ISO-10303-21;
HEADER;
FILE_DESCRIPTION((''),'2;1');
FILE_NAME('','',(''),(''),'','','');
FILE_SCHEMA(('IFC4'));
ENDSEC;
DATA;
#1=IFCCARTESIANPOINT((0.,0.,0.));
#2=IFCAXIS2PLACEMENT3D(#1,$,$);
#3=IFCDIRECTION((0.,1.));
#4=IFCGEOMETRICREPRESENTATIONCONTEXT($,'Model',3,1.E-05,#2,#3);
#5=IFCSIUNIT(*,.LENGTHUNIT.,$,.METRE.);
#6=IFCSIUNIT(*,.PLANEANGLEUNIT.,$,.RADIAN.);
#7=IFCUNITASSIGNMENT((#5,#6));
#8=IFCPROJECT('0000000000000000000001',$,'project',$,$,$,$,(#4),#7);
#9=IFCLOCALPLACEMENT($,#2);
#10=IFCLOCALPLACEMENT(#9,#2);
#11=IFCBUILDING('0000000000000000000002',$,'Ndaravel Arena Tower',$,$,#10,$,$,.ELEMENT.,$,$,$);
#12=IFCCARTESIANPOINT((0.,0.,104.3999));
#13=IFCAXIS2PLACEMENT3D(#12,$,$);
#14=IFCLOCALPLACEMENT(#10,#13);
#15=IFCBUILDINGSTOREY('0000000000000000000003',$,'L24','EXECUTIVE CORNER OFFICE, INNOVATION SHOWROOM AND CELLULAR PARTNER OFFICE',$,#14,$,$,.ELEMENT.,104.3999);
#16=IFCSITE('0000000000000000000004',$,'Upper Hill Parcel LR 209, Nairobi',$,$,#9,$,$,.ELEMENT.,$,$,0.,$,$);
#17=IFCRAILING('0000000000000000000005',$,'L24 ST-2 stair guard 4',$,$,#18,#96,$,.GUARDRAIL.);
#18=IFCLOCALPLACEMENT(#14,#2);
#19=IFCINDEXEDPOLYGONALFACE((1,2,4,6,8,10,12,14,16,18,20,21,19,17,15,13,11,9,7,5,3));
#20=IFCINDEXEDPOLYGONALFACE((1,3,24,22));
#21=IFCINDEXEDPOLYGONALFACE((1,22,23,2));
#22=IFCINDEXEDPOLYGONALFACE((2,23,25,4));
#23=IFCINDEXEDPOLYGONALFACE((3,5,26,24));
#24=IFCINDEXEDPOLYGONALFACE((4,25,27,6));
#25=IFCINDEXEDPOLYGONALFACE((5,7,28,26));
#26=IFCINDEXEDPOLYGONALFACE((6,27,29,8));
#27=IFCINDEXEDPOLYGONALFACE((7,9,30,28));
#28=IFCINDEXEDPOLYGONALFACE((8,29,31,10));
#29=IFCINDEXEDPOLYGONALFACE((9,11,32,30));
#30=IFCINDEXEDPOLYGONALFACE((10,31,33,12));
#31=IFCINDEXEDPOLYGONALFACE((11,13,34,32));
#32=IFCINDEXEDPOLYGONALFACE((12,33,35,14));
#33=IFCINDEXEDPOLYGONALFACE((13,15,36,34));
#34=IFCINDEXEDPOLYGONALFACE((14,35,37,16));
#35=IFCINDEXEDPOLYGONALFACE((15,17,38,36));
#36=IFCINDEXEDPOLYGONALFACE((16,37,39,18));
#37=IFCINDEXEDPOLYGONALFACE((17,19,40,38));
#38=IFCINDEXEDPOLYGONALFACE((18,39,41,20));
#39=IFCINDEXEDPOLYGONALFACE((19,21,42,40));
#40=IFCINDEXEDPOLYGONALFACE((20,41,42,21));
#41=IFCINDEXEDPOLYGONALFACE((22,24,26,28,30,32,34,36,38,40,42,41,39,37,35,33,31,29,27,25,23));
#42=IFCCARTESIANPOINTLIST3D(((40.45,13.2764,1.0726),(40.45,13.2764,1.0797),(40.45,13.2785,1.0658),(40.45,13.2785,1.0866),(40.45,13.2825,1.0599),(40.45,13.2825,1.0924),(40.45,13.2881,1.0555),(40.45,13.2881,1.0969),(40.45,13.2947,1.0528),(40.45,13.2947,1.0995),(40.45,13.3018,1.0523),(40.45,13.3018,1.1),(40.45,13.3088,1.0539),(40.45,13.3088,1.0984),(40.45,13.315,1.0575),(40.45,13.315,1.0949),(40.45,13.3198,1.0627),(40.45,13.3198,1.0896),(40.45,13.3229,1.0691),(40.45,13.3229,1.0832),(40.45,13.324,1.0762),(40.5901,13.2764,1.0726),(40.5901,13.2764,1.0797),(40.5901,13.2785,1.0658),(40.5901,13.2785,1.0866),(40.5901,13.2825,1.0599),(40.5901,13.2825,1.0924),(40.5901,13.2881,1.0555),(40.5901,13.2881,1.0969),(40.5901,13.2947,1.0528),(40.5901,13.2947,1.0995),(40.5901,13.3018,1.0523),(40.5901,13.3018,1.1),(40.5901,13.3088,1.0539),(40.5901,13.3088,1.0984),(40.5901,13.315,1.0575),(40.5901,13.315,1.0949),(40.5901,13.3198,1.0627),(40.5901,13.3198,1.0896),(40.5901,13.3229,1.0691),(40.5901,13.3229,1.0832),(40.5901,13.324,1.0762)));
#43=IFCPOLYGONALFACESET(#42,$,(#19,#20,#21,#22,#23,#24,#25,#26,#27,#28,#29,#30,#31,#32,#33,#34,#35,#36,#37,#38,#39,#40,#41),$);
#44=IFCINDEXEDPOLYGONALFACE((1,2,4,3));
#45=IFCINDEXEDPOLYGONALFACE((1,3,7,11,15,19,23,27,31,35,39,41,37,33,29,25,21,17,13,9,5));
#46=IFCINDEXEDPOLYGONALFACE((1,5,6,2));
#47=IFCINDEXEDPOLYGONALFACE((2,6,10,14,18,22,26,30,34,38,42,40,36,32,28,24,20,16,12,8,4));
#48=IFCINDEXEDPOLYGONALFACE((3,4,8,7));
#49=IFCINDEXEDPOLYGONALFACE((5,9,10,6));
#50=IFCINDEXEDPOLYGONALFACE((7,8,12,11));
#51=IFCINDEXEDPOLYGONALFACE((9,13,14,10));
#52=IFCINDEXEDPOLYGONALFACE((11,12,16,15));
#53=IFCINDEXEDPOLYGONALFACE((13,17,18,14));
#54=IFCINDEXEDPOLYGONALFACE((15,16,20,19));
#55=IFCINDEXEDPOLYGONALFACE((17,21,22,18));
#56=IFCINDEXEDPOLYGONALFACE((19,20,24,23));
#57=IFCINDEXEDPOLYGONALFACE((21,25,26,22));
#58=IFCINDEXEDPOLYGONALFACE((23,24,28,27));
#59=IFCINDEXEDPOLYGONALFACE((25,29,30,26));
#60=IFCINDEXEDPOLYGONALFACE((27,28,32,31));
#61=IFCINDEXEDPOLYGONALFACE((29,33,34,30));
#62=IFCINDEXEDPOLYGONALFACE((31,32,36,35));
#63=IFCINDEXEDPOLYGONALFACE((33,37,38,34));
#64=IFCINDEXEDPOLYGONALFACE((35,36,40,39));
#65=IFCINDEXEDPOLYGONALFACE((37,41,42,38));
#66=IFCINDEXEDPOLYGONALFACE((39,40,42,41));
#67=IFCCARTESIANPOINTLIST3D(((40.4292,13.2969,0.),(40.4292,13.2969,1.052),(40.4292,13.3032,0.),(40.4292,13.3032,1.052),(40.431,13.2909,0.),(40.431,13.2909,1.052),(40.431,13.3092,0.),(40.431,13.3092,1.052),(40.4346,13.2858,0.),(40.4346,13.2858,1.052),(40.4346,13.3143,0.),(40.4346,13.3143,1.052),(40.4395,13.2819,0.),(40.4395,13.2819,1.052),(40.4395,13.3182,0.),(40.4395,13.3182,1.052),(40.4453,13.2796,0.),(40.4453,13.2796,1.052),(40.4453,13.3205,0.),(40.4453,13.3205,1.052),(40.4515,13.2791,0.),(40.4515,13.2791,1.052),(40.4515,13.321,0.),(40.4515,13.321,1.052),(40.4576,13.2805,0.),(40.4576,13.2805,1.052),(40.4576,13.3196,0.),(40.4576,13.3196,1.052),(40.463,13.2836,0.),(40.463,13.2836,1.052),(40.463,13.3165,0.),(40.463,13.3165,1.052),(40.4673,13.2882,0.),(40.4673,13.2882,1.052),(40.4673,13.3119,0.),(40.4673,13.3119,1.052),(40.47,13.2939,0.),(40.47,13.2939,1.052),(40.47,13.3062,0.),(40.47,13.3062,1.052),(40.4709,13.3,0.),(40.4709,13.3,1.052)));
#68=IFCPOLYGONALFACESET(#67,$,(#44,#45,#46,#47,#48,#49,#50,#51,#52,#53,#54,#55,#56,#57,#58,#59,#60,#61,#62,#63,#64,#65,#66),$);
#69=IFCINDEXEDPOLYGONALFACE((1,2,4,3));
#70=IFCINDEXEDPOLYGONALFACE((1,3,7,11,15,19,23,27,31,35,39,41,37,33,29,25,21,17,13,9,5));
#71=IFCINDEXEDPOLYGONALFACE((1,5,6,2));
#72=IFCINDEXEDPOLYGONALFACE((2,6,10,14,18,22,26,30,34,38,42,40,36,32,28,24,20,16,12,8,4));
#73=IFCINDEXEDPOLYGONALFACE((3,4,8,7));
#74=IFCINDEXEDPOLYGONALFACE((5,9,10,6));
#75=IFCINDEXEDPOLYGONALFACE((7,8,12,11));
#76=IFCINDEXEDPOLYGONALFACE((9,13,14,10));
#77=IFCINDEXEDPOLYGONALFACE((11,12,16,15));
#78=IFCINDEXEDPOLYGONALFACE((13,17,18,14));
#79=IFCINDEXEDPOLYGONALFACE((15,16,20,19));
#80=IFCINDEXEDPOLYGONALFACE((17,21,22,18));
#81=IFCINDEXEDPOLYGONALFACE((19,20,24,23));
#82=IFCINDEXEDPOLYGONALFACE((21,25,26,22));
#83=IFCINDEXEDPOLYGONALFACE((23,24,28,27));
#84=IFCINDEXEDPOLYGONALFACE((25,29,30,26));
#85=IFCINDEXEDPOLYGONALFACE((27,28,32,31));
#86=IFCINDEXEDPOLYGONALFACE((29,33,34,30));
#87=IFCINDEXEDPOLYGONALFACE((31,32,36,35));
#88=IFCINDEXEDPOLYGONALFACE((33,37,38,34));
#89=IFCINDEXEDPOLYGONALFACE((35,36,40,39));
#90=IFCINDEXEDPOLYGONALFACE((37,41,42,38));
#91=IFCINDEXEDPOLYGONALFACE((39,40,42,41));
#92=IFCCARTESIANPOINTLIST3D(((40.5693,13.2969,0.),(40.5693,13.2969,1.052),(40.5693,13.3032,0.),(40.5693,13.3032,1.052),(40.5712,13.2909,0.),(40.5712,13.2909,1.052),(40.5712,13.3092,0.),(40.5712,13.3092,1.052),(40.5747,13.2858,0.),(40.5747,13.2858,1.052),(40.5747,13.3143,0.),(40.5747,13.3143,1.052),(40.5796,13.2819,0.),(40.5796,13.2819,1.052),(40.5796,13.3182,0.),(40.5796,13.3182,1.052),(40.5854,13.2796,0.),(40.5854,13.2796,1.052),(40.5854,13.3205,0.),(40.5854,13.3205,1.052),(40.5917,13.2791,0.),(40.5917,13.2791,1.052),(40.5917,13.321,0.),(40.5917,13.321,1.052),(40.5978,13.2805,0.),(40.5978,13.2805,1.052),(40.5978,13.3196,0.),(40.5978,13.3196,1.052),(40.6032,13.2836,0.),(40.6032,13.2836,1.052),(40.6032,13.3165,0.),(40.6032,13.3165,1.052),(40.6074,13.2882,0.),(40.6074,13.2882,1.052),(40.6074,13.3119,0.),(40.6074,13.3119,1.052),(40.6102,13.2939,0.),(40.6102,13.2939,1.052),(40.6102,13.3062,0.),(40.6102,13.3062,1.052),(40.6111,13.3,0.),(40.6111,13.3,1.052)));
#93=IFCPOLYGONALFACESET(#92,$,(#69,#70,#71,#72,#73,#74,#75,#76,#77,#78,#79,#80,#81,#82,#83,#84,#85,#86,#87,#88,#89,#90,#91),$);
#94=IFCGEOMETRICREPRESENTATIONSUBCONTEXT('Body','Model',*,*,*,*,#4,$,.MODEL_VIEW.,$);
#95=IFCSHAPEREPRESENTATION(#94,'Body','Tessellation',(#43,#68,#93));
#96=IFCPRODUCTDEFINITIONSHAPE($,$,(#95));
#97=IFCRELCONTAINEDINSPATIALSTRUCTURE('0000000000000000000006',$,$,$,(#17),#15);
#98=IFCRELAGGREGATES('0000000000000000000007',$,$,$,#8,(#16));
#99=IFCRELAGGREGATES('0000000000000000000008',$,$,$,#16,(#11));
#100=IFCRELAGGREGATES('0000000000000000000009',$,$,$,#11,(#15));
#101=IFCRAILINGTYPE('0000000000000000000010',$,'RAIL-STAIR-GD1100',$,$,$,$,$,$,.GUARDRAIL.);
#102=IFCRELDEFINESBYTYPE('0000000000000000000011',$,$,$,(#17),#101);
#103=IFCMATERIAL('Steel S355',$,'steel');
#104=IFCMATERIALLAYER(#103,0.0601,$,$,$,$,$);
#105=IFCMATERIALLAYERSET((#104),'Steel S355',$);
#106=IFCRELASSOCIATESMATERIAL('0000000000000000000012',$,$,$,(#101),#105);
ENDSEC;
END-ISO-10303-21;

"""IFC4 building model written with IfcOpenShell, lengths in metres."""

from ifc_helpers import new_model, si_unit, direction, frame, origin, origin_2d, place, context, subcontext, project, spatial, circle, extrude, material, layer, layer_set, type_object, element, save


model = new_model("IFC4")

# Units and contexts
model_context = context("Model", 3, precision=1e-05, world=origin(), true_north=direction((0.0, 1.0)))
body_context = subcontext(model_context, "Body", "Model", "MODEL_VIEW")
ifc_project = project(units=[si_unit("LENGTHUNIT", "METRE"), si_unit("PLANEANGLEUNIT", "RADIAN")], contexts=[model_context])

# Site, building, storey
site_placement = place(None, origin())
site = spatial("IfcSite", under=ifc_project, at=site_placement, Name="Upper Hill Parcel LR 209, Nairobi", CompositionType="ELEMENT", RefElevation=0.0)
building_placement = place(site_placement, origin())
building = spatial("IfcBuilding", under=site, at=building_placement, Name="Ndaravel Arena Tower", CompositionType="ELEMENT")
storey_placement = place(building_placement, frame((0.0, 0.0, 104.3999)))
storey = spatial("IfcBuildingStorey", under=building, at=storey_placement, Name="L24", Description="EXECUTIVE CORNER OFFICE, INNOVATION SHOWROOM AND CELLULAR PARTNER OFFICE", CompositionType="ELEMENT", Elevation=104.3999)

# Railing
ifc_material_1 = material(Name="Steel S355", Category="steel")
ifc_layer_1 = layer(ifc_material_1, 0.0601)
ifc_layer_set_1 = layer_set([ifc_layer_1], Name="Steel S355")
railing_type_1 = type_object("IfcRailingType", Name="RAIL-STAIR-GD1100", PredefinedType="GUARDRAIL", material=ifc_layer_set_1)
railing_1_placement = place(storey_placement, frame((40.45, 13.3, 0.0)))
element("IfcRailing", 1, at=railing_1_placement, inside=storey, type_object=railing_type_1, Name="L24 ST-2 stair guard 4", PredefinedType="GUARDRAIL", context=body_context, shape_type="SweptSolid", body=[
    extrude(circle(Radius=0.0239, at=origin_2d()), frame((0.0, 0.0, 1.0762), z_axis=(1.0, 0.0, 0.0), x_axis=(0.0, 1.0, 0.0)), (0.0, 0.0, 1.0), 0.1401),
    extrude(circle(Radius=0.021, at=origin_2d()), origin(), (0.0, 0.0, 1.0), 1.052),
    extrude(circle(Radius=0.021, at=origin_2d()), frame((0.1401, 0.0, 0.0)), (0.0, 0.0, 1.0), 1.052),
])

save(model, "model.ifc")
